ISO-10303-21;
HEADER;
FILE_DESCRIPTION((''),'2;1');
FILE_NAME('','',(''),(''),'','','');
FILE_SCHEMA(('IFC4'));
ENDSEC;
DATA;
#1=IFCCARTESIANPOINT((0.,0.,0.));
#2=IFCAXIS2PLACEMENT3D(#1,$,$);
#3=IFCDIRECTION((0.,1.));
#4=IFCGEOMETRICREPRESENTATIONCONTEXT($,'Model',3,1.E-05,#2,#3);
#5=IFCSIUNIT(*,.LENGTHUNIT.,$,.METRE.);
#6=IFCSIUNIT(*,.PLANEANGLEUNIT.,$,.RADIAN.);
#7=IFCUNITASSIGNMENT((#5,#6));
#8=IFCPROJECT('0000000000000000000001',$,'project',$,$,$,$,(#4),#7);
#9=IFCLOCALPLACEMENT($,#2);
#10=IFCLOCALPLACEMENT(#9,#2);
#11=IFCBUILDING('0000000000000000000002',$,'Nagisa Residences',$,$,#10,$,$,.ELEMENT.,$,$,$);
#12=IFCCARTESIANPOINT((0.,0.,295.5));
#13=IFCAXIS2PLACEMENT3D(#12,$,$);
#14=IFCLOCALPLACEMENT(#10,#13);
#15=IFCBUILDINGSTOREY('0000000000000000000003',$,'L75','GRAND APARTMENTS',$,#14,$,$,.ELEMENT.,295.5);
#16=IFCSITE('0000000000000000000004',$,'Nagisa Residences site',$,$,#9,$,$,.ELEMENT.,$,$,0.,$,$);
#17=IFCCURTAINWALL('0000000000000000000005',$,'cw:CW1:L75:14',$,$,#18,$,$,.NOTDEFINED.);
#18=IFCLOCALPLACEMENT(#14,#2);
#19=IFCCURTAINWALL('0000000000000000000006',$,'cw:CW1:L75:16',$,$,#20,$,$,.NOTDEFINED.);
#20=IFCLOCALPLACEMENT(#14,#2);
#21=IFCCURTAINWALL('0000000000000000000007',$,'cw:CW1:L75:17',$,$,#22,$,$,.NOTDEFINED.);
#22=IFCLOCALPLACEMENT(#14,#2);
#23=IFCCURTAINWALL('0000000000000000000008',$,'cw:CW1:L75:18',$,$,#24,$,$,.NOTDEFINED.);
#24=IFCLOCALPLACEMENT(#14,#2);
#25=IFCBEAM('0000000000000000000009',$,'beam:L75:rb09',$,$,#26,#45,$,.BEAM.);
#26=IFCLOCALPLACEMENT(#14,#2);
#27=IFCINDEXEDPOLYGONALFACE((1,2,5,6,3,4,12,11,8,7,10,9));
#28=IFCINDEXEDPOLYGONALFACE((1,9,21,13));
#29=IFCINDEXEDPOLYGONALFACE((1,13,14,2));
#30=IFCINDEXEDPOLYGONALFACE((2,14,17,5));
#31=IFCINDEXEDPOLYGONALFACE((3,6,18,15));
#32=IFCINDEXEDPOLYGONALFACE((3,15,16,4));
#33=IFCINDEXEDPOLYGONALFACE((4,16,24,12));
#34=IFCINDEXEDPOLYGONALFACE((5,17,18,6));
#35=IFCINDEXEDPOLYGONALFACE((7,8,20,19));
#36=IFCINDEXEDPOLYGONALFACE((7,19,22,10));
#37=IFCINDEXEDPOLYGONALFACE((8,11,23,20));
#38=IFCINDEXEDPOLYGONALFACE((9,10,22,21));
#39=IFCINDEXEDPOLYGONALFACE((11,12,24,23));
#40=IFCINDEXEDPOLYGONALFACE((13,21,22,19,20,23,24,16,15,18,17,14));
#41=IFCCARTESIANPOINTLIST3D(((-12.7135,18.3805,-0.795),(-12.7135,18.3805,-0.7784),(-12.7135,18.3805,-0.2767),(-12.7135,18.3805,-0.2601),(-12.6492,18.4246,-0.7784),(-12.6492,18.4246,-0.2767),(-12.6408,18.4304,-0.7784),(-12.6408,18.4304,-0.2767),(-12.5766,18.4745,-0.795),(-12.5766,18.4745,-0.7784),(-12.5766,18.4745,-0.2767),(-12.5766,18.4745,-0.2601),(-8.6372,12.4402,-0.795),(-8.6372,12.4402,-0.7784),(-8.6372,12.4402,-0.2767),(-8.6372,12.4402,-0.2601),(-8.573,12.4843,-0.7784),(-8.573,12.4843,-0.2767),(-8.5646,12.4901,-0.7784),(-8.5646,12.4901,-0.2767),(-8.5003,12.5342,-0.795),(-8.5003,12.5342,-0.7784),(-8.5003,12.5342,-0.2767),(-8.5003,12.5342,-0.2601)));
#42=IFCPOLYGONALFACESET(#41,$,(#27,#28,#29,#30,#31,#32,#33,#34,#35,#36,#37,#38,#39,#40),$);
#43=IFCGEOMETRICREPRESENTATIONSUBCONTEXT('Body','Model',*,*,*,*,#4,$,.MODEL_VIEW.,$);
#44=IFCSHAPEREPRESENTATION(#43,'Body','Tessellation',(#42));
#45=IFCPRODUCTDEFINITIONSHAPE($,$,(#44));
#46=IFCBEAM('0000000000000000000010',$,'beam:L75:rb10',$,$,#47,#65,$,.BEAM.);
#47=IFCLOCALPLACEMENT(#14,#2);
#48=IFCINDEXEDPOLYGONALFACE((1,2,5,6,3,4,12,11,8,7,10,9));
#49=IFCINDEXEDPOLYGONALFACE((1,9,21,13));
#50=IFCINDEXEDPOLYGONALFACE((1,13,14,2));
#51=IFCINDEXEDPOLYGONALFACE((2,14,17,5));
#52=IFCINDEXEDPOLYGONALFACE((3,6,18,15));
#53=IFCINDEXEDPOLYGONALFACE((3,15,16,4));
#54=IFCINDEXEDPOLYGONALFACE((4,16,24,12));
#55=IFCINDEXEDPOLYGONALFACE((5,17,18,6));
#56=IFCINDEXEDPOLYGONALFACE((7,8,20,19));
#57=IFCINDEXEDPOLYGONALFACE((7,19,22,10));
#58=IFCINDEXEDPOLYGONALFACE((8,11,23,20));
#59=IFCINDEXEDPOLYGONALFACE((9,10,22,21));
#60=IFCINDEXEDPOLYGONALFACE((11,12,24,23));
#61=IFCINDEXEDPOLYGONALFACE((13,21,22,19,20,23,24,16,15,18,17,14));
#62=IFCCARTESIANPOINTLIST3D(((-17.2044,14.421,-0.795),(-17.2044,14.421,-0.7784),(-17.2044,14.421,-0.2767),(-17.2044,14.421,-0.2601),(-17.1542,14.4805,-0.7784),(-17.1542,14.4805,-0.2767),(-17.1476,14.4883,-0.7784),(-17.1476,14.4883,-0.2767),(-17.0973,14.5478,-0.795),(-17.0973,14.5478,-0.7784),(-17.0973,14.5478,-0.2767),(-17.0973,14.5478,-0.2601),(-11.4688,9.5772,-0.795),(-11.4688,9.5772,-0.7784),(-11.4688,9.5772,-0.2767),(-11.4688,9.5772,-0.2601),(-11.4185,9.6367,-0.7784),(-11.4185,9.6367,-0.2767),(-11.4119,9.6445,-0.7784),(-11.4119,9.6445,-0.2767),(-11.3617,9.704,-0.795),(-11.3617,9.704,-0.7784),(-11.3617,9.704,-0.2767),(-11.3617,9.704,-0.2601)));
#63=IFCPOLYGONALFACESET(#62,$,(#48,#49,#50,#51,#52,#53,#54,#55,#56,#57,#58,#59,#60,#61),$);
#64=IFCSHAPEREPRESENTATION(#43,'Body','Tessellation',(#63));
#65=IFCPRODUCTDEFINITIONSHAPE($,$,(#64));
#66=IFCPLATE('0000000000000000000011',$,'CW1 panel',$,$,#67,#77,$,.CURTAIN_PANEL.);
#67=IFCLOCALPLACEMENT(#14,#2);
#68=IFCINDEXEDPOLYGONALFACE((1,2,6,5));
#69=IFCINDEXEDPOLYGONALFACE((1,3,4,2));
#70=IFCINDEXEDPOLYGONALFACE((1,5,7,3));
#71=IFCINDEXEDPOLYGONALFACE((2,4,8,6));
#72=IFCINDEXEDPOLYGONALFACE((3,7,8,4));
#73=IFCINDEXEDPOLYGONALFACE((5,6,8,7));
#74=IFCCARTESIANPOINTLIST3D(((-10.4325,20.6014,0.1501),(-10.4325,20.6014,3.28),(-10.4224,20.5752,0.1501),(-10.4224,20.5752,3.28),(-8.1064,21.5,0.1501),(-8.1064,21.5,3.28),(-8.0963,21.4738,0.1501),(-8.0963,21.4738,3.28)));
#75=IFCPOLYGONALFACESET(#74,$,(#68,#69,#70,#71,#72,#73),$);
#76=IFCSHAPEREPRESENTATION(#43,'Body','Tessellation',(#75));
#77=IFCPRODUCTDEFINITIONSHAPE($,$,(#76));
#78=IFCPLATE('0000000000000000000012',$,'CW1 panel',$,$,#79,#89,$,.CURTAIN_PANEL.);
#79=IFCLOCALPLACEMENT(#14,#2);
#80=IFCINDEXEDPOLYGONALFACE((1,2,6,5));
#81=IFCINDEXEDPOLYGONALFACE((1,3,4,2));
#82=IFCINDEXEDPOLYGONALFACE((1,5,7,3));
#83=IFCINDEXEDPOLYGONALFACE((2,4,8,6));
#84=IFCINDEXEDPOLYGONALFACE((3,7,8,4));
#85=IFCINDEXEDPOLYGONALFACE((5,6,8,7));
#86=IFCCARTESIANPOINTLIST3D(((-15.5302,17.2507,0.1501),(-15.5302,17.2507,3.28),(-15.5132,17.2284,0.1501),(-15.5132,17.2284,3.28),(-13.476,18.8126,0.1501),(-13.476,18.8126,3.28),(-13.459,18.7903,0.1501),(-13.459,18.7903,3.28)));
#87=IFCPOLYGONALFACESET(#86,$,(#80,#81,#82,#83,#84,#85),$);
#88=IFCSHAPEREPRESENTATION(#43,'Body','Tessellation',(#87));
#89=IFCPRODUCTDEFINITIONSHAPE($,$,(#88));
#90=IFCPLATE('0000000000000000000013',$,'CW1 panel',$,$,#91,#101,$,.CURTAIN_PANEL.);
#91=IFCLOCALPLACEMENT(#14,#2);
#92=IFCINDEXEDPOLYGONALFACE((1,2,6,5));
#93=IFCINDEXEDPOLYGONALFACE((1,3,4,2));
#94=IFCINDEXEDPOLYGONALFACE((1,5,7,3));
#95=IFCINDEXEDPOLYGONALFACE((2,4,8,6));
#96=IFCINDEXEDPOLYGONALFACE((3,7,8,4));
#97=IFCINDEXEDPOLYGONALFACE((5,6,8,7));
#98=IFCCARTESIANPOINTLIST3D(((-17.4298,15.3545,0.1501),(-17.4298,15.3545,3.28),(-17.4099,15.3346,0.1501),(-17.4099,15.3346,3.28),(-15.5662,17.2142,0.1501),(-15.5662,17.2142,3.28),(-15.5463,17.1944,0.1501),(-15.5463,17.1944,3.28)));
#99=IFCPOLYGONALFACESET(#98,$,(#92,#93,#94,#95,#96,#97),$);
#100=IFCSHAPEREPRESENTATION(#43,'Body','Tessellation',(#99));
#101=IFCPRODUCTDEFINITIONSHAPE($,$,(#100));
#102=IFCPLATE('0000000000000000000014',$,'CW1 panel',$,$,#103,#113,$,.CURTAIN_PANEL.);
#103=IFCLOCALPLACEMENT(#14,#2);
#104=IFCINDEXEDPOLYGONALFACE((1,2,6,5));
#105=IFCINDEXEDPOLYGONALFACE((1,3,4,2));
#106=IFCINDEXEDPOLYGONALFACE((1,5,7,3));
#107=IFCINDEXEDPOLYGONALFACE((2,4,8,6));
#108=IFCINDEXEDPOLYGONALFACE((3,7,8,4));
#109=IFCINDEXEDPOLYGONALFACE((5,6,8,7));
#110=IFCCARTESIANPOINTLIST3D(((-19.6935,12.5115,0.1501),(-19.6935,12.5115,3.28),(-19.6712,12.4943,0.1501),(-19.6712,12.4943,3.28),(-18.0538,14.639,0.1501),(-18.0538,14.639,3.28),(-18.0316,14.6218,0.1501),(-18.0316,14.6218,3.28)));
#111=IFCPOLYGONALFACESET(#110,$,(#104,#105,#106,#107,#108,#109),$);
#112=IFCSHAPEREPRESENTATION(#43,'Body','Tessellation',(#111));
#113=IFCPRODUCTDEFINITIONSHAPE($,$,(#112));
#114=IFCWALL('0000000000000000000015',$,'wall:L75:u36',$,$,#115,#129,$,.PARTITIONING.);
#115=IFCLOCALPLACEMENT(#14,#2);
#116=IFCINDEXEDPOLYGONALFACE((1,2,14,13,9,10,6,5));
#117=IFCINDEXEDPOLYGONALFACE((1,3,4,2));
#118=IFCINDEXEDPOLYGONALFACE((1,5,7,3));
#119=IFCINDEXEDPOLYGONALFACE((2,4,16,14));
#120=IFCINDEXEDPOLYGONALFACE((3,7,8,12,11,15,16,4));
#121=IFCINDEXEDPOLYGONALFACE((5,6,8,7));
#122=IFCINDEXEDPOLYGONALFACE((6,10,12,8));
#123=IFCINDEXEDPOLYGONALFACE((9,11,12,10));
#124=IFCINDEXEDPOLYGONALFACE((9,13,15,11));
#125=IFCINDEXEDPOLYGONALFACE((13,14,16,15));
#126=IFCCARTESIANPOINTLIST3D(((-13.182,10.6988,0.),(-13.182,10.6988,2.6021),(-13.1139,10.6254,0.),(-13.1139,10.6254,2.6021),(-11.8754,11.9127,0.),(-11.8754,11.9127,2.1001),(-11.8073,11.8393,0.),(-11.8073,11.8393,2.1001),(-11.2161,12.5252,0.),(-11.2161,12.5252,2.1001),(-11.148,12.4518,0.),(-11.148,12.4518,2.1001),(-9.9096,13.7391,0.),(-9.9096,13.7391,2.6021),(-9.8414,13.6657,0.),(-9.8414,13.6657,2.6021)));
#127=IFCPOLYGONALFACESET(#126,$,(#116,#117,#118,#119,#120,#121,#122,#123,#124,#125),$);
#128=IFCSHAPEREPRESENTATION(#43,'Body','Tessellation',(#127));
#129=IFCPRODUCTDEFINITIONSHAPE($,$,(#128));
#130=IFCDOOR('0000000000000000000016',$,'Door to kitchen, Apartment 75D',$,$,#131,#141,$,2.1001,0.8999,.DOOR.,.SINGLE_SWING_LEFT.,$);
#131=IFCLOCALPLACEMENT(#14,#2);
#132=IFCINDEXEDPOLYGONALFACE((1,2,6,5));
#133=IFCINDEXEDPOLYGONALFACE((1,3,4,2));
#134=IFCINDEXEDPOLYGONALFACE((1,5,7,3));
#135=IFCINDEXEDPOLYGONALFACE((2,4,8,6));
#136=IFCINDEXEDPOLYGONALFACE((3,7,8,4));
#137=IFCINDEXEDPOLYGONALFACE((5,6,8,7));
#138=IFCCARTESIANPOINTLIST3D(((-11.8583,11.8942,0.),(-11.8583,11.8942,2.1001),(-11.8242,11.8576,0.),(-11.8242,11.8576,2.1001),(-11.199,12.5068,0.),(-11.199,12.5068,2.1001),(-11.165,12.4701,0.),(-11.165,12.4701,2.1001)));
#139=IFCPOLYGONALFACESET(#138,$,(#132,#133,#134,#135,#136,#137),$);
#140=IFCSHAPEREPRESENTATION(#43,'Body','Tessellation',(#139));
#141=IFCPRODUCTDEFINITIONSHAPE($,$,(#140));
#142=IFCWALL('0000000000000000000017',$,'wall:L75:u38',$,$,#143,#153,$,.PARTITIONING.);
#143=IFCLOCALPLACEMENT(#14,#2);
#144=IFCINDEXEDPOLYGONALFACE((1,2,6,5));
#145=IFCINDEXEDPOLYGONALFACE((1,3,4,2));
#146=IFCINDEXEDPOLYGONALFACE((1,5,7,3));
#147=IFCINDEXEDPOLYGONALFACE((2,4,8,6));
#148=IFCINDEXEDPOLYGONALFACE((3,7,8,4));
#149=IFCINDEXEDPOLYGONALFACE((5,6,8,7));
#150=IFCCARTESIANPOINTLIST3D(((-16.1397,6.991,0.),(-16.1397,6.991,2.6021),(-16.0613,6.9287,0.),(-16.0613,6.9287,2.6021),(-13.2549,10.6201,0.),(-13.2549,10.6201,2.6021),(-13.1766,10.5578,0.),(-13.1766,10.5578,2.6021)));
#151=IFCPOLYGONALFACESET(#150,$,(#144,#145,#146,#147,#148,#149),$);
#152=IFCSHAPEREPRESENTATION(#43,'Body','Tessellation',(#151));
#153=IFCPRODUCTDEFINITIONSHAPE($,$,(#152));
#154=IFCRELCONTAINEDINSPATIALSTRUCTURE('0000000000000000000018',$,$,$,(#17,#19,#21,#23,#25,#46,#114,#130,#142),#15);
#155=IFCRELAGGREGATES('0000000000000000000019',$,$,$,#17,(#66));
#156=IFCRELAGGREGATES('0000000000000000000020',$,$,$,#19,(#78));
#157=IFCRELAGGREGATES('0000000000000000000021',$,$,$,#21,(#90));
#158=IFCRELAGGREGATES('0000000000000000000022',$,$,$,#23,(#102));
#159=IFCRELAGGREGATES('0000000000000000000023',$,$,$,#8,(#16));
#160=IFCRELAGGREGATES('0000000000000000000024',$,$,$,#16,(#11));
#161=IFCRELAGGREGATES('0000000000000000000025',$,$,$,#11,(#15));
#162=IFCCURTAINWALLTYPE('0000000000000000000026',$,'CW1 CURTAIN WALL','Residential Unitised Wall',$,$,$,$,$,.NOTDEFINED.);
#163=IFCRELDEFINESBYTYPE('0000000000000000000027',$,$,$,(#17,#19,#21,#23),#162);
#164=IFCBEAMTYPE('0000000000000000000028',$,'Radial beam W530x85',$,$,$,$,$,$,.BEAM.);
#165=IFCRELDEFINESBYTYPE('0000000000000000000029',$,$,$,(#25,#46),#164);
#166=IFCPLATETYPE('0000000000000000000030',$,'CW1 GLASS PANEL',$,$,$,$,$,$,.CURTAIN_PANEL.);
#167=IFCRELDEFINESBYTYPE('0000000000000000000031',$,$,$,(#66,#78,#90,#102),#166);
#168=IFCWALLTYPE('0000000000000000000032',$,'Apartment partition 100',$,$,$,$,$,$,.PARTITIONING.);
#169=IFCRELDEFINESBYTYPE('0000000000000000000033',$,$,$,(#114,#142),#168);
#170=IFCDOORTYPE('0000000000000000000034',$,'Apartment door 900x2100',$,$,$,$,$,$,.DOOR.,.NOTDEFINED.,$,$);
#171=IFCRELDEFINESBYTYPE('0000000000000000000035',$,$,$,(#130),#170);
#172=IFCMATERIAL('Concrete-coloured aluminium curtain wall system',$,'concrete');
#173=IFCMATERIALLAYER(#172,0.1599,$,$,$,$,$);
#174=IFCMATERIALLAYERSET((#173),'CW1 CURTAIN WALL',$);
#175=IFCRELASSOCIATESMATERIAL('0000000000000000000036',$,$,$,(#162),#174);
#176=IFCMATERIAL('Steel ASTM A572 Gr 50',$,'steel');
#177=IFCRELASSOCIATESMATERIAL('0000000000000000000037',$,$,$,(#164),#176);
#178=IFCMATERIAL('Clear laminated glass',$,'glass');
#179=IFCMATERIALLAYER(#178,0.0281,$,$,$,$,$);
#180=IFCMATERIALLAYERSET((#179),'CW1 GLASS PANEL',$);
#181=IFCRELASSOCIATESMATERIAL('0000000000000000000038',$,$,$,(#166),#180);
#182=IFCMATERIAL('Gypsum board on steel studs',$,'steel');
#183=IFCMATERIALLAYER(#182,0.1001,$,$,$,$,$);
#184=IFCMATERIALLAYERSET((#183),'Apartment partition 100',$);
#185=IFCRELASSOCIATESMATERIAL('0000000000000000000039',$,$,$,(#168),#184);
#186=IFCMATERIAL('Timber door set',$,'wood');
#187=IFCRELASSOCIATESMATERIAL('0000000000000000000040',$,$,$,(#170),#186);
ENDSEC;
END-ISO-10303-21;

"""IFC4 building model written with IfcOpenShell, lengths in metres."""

from ifc_helpers import new_model, si_unit, direction, frame, frame_2d, origin, origin_2d, place, context, subcontext, project, spatial, rectangle, i_section, extrude, material, layer, layer_set, material_profile, profile_set, type_object, element, fill, aggregate, save


model = new_model("IFC4")

# Units and contexts
model_context = context("Model", 3, precision=1e-05, world=origin(), true_north=direction((0.0, 1.0)))
body_context = subcontext(model_context, "Body", "Model", "MODEL_VIEW")
ifc_project = project(units=[si_unit("LENGTHUNIT", "METRE"), si_unit("PLANEANGLEUNIT", "RADIAN")], contexts=[model_context])

# Site, building, storey
site_placement = place(None, origin())
site = spatial("IfcSite", under=ifc_project, at=site_placement, Name="Nagisa Residences site", CompositionType="ELEMENT", RefElevation=0.0)
building_placement = place(site_placement, origin())
building = spatial("IfcBuilding", under=site, at=building_placement, Name="Nagisa Residences", CompositionType="ELEMENT")
storey_placement = place(building_placement, frame((0.0, 0.0, 295.5)))
storey = spatial("IfcBuildingStorey", under=building, at=storey_placement, Name="L75", Description="GRAND APARTMENTS", CompositionType="ELEMENT", Elevation=295.5)

# Curtain walls
ifc_material_1 = material(Name="Concrete-coloured aluminium curtain wall system", Category="concrete")
ifc_layer_1 = layer(ifc_material_1, 0.1599)
ifc_layer_set_1 = layer_set([ifc_layer_1], Name="CW1 CURTAIN WALL")
curtain_wall_type = type_object("IfcCurtainWallType", Name="CW1 CURTAIN WALL", Description="Residential Unitised Wall", PredefinedType="NOTDEFINED", material=ifc_layer_set_1)
curtain_wall_1_placement = place(storey_placement, origin())
curtain_wall_1 = element("IfcCurtainWall", 1, at=curtain_wall_1_placement, inside=storey, type_object=curtain_wall_type, Name="cw:CW1:L75:14", PredefinedType="NOTDEFINED")
curtain_wall_2_placement = place(storey_placement, origin())
curtain_wall_2 = element("IfcCurtainWall", 2, at=curtain_wall_2_placement, inside=storey, type_object=curtain_wall_type, Name="cw:CW1:L75:16", PredefinedType="NOTDEFINED")
curtain_wall_3_placement = place(storey_placement, origin())
curtain_wall_3 = element("IfcCurtainWall", 3, at=curtain_wall_3_placement, inside=storey, type_object=curtain_wall_type, Name="cw:CW1:L75:17", PredefinedType="NOTDEFINED")
curtain_wall_4_placement = place(storey_placement, origin())
curtain_wall_4 = element("IfcCurtainWall", 4, at=curtain_wall_4_placement, inside=storey, type_object=curtain_wall_type, Name="cw:CW1:L75:18", PredefinedType="NOTDEFINED")

# Beams
ifc_material_2 = material(Name="Steel ASTM A572 Gr 50", Category="steel")
ifc_material_profile_1 = material_profile(ifc_material_2, i_section(OverallWidth=0.166, OverallDepth=0.5349, WebThickness=0.0103, FlangeThickness=0.0166, at=origin_2d()), Name="W530x85")
ifc_profile_set_1 = profile_set([ifc_material_profile_1], Name="Steel ASTM A572 Gr 50")
beam_type_1 = type_object("IfcBeamType", Name="Radial beam W530x85", PredefinedType="BEAM", material=ifc_profile_set_1)
beam_1_placement = place(storey_placement, frame((-12.645, 18.4275, -0.5276), z_axis=(0.565802, -0.824541, 0.0), x_axis=(0.824541, 0.565802, 0.0)))
element("IfcBeam", 5, at=beam_1_placement, inside=storey, type_object=beam_type_1, Name="beam:L75:rb09", PredefinedType="BEAM", context=body_context, shape_type="SweptSolid", body=[
    extrude(i_section(OverallWidth=0.166, OverallDepth=0.5349, WebThickness=0.0103, FlangeThickness=0.0166, at=origin_2d()), origin(), (0.0, 0.0, 1.0), 7.2043),
])
beam_2_placement = place(storey_placement, frame((-17.1509, 14.4844, -0.5276), z_axis=(0.764006, -0.645209, 0.0), x_axis=(0.645209, 0.764006, 0.0)))
element("IfcBeam", 6, at=beam_2_placement, inside=storey, type_object=beam_type_1, Name="beam:L75:rb10", PredefinedType="BEAM", context=body_context, shape_type="SweptSolid", body=[
    extrude(i_section(OverallWidth=0.166, OverallDepth=0.5349, WebThickness=0.0103, FlangeThickness=0.0166, at=origin_2d()), origin(), (0.0, 0.0, 1.0), 7.5073),
])

# Plates
ifc_material_3 = material(Name="Clear laminated glass", Category="glass")
ifc_layer_2 = layer(ifc_material_3, 0.0281)
ifc_layer_set_2 = layer_set([ifc_layer_2], Name="CW1 GLASS PANEL")
plate_type = type_object("IfcPlateType", Name="CW1 GLASS PANEL", PredefinedType="CURTAIN_PANEL", material=ifc_layer_set_2)
plate_1_placement = place(storey_placement, frame((-9.2644, 21.0376, 0.1501), z_axis=(0.0, 0.0, 1.0), x_axis=(-0.932826, -0.360328, 0.0)))
plate_1 = element("IfcPlate", 7, at=plate_1_placement, type_object=plate_type, Name="CW1 panel", PredefinedType="CURTAIN_PANEL", context=body_context, shape_type="SweptSolid", body=[
    extrude(rectangle(XDim=2.4937, YDim=0.0281, at=origin_2d()), origin(), (0.0, 0.0, 1.0), 3.1299),
])
aggregate(curtain_wall_1, [plate_1])
plate_2_placement = place(storey_placement, frame((-14.4946, 18.0205, 0.1501), z_axis=(0.0, 0.0, 1.0), x_axis=(-0.796031, -0.605255, 0.0)))
plate_2 = element("IfcPlate", 8, at=plate_2_placement, type_object=plate_type, Name="CW1 panel", PredefinedType="CURTAIN_PANEL", context=body_context, shape_type="SweptSolid", body=[
    extrude(rectangle(XDim=2.5806, YDim=0.0281, at=origin_2d()), origin(), (0.0, 0.0, 1.0), 3.1299),
])
aggregate(curtain_wall_2, [plate_2])
plate_3_placement = place(storey_placement, frame((-16.488, 16.2744, 0.1501), z_axis=(0.0, 0.0, 1.0), x_axis=(-0.707836, -0.706377, 0.0)))
plate_3 = element("IfcPlate", 9, at=plate_3_placement, type_object=plate_type, Name="CW1 panel", PredefinedType="CURTAIN_PANEL", context=body_context, shape_type="SweptSolid", body=[
    extrude(rectangle(XDim=2.6328, YDim=0.0281, at=origin_2d()), origin(), (0.0, 0.0, 1.0), 3.1299),
])
aggregate(curtain_wall_3, [plate_3])
plate_4_placement = place(storey_placement, frame((-18.8625, 13.5667, 0.1501), z_axis=(0.0, 0.0, 1.0), x_axis=(-0.61043, -0.79207, 0.0)))
plate_4 = element("IfcPlate", 10, at=plate_4_placement, type_object=plate_type, Name="CW1 panel", PredefinedType="CURTAIN_PANEL", context=body_context, shape_type="SweptSolid", body=[
    extrude(rectangle(XDim=2.686, YDim=0.0281, at=origin_2d()), origin(), (0.0, 0.0, 1.0), 3.1299),
])
aggregate(curtain_wall_4, [plate_4])

# Wall, opening, door
ifc_material_4 = material(Name="Gypsum board on steel studs", Category="steel")
ifc_layer_3 = layer(ifc_material_4, 0.1001)
ifc_layer_set_3 = layer_set([ifc_layer_3], Name="Apartment partition 100")
wall_type_1 = type_object("IfcWallType", Name="Apartment partition 100", PredefinedType="PARTITIONING", material=ifc_layer_set_3)
wall_1_placement = place(storey_placement, frame((-9.8755, 13.7024, 0.0), z_axis=(0.0, 0.0, 1.0), x_axis=(-0.732618, -0.68064, 0.0)))
wall_1 = element("IfcWall", 11, at=wall_1_placement, inside=storey, type_object=wall_type_1, Name="wall:L75:u36", PredefinedType="PARTITIONING", context=body_context, shape_type="SweptSolid", body=[
    extrude(rectangle(XDim=4.4668, YDim=0.1001, at=frame_2d((2.2334, 0.0))), origin(), (0.0, 0.0, 1.0), 2.6021),
])
opening_1_placement = place(wall_1_placement, frame((1.7834, 0.0, 0.0)))
opening_1 = element("IfcOpeningElement", 12, at=opening_1_placement, cuts=wall_1, PredefinedType="OPENING", context=body_context, shape_type="SweptSolid", body=[
    extrude(rectangle(XDim=0.8999, YDim=2.1001, at=frame_2d((0.45, 1.05))), frame((0.0, 0.0601, 0.0), z_axis=(0.0, -1.0, 0.0), x_axis=(1.0, 0.0, 0.0)), (0.0, 0.0, 1.0), 0.1201),
])
ifc_material_5 = material(Name="Timber door set", Category="wood")
door_type_1 = type_object("IfcDoorType", Name="Apartment door 900x2100", OperationType="NOTDEFINED", PredefinedType="DOOR", material=ifc_material_5)
door_1_placement = place(opening_1_placement, frame((0.8999, 0.0, 0.0), x_axis=(-1.0, 0.0, 0.0)))
door_1 = element("IfcDoor", 13, at=door_1_placement, inside=storey, type_object=door_type_1, Name="Door to kitchen, Apartment 75D", OperationType="SINGLE_SWING_LEFT", OverallHeight=2.1001, OverallWidth=0.8999, PredefinedType="DOOR", context=body_context, shape_type="SweptSolid", body=[
    extrude(rectangle(XDim=0.8999, YDim=2.1001, at=frame_2d((0.45, 1.05))), frame((0.0, 0.0249, 0.0), z_axis=(0.0, -1.0, 0.0), x_axis=(1.0, 0.0, 0.0)), (0.0, 0.0, 1.0), 0.05),
])
fill(opening_1, door_1)

# Wall
wall_2_placement = place(storey_placement, frame((-13.2158, 10.5889, 0.0), z_axis=(0.0, 0.0, 1.0), x_axis=(-0.622252, -0.782817, 0.0)))
element("IfcWall", 14, at=wall_2_placement, inside=storey, type_object=wall_type_1, Name="wall:L75:u38", PredefinedType="PARTITIONING", context=body_context, shape_type="SweptSolid", body=[
    extrude(rectangle(XDim=4.636, YDim=0.1001, at=frame_2d((2.3179, 0.0))), origin(), (0.0, 0.0, 1.0), 2.6021),
])

save(model, "model.ifc")
